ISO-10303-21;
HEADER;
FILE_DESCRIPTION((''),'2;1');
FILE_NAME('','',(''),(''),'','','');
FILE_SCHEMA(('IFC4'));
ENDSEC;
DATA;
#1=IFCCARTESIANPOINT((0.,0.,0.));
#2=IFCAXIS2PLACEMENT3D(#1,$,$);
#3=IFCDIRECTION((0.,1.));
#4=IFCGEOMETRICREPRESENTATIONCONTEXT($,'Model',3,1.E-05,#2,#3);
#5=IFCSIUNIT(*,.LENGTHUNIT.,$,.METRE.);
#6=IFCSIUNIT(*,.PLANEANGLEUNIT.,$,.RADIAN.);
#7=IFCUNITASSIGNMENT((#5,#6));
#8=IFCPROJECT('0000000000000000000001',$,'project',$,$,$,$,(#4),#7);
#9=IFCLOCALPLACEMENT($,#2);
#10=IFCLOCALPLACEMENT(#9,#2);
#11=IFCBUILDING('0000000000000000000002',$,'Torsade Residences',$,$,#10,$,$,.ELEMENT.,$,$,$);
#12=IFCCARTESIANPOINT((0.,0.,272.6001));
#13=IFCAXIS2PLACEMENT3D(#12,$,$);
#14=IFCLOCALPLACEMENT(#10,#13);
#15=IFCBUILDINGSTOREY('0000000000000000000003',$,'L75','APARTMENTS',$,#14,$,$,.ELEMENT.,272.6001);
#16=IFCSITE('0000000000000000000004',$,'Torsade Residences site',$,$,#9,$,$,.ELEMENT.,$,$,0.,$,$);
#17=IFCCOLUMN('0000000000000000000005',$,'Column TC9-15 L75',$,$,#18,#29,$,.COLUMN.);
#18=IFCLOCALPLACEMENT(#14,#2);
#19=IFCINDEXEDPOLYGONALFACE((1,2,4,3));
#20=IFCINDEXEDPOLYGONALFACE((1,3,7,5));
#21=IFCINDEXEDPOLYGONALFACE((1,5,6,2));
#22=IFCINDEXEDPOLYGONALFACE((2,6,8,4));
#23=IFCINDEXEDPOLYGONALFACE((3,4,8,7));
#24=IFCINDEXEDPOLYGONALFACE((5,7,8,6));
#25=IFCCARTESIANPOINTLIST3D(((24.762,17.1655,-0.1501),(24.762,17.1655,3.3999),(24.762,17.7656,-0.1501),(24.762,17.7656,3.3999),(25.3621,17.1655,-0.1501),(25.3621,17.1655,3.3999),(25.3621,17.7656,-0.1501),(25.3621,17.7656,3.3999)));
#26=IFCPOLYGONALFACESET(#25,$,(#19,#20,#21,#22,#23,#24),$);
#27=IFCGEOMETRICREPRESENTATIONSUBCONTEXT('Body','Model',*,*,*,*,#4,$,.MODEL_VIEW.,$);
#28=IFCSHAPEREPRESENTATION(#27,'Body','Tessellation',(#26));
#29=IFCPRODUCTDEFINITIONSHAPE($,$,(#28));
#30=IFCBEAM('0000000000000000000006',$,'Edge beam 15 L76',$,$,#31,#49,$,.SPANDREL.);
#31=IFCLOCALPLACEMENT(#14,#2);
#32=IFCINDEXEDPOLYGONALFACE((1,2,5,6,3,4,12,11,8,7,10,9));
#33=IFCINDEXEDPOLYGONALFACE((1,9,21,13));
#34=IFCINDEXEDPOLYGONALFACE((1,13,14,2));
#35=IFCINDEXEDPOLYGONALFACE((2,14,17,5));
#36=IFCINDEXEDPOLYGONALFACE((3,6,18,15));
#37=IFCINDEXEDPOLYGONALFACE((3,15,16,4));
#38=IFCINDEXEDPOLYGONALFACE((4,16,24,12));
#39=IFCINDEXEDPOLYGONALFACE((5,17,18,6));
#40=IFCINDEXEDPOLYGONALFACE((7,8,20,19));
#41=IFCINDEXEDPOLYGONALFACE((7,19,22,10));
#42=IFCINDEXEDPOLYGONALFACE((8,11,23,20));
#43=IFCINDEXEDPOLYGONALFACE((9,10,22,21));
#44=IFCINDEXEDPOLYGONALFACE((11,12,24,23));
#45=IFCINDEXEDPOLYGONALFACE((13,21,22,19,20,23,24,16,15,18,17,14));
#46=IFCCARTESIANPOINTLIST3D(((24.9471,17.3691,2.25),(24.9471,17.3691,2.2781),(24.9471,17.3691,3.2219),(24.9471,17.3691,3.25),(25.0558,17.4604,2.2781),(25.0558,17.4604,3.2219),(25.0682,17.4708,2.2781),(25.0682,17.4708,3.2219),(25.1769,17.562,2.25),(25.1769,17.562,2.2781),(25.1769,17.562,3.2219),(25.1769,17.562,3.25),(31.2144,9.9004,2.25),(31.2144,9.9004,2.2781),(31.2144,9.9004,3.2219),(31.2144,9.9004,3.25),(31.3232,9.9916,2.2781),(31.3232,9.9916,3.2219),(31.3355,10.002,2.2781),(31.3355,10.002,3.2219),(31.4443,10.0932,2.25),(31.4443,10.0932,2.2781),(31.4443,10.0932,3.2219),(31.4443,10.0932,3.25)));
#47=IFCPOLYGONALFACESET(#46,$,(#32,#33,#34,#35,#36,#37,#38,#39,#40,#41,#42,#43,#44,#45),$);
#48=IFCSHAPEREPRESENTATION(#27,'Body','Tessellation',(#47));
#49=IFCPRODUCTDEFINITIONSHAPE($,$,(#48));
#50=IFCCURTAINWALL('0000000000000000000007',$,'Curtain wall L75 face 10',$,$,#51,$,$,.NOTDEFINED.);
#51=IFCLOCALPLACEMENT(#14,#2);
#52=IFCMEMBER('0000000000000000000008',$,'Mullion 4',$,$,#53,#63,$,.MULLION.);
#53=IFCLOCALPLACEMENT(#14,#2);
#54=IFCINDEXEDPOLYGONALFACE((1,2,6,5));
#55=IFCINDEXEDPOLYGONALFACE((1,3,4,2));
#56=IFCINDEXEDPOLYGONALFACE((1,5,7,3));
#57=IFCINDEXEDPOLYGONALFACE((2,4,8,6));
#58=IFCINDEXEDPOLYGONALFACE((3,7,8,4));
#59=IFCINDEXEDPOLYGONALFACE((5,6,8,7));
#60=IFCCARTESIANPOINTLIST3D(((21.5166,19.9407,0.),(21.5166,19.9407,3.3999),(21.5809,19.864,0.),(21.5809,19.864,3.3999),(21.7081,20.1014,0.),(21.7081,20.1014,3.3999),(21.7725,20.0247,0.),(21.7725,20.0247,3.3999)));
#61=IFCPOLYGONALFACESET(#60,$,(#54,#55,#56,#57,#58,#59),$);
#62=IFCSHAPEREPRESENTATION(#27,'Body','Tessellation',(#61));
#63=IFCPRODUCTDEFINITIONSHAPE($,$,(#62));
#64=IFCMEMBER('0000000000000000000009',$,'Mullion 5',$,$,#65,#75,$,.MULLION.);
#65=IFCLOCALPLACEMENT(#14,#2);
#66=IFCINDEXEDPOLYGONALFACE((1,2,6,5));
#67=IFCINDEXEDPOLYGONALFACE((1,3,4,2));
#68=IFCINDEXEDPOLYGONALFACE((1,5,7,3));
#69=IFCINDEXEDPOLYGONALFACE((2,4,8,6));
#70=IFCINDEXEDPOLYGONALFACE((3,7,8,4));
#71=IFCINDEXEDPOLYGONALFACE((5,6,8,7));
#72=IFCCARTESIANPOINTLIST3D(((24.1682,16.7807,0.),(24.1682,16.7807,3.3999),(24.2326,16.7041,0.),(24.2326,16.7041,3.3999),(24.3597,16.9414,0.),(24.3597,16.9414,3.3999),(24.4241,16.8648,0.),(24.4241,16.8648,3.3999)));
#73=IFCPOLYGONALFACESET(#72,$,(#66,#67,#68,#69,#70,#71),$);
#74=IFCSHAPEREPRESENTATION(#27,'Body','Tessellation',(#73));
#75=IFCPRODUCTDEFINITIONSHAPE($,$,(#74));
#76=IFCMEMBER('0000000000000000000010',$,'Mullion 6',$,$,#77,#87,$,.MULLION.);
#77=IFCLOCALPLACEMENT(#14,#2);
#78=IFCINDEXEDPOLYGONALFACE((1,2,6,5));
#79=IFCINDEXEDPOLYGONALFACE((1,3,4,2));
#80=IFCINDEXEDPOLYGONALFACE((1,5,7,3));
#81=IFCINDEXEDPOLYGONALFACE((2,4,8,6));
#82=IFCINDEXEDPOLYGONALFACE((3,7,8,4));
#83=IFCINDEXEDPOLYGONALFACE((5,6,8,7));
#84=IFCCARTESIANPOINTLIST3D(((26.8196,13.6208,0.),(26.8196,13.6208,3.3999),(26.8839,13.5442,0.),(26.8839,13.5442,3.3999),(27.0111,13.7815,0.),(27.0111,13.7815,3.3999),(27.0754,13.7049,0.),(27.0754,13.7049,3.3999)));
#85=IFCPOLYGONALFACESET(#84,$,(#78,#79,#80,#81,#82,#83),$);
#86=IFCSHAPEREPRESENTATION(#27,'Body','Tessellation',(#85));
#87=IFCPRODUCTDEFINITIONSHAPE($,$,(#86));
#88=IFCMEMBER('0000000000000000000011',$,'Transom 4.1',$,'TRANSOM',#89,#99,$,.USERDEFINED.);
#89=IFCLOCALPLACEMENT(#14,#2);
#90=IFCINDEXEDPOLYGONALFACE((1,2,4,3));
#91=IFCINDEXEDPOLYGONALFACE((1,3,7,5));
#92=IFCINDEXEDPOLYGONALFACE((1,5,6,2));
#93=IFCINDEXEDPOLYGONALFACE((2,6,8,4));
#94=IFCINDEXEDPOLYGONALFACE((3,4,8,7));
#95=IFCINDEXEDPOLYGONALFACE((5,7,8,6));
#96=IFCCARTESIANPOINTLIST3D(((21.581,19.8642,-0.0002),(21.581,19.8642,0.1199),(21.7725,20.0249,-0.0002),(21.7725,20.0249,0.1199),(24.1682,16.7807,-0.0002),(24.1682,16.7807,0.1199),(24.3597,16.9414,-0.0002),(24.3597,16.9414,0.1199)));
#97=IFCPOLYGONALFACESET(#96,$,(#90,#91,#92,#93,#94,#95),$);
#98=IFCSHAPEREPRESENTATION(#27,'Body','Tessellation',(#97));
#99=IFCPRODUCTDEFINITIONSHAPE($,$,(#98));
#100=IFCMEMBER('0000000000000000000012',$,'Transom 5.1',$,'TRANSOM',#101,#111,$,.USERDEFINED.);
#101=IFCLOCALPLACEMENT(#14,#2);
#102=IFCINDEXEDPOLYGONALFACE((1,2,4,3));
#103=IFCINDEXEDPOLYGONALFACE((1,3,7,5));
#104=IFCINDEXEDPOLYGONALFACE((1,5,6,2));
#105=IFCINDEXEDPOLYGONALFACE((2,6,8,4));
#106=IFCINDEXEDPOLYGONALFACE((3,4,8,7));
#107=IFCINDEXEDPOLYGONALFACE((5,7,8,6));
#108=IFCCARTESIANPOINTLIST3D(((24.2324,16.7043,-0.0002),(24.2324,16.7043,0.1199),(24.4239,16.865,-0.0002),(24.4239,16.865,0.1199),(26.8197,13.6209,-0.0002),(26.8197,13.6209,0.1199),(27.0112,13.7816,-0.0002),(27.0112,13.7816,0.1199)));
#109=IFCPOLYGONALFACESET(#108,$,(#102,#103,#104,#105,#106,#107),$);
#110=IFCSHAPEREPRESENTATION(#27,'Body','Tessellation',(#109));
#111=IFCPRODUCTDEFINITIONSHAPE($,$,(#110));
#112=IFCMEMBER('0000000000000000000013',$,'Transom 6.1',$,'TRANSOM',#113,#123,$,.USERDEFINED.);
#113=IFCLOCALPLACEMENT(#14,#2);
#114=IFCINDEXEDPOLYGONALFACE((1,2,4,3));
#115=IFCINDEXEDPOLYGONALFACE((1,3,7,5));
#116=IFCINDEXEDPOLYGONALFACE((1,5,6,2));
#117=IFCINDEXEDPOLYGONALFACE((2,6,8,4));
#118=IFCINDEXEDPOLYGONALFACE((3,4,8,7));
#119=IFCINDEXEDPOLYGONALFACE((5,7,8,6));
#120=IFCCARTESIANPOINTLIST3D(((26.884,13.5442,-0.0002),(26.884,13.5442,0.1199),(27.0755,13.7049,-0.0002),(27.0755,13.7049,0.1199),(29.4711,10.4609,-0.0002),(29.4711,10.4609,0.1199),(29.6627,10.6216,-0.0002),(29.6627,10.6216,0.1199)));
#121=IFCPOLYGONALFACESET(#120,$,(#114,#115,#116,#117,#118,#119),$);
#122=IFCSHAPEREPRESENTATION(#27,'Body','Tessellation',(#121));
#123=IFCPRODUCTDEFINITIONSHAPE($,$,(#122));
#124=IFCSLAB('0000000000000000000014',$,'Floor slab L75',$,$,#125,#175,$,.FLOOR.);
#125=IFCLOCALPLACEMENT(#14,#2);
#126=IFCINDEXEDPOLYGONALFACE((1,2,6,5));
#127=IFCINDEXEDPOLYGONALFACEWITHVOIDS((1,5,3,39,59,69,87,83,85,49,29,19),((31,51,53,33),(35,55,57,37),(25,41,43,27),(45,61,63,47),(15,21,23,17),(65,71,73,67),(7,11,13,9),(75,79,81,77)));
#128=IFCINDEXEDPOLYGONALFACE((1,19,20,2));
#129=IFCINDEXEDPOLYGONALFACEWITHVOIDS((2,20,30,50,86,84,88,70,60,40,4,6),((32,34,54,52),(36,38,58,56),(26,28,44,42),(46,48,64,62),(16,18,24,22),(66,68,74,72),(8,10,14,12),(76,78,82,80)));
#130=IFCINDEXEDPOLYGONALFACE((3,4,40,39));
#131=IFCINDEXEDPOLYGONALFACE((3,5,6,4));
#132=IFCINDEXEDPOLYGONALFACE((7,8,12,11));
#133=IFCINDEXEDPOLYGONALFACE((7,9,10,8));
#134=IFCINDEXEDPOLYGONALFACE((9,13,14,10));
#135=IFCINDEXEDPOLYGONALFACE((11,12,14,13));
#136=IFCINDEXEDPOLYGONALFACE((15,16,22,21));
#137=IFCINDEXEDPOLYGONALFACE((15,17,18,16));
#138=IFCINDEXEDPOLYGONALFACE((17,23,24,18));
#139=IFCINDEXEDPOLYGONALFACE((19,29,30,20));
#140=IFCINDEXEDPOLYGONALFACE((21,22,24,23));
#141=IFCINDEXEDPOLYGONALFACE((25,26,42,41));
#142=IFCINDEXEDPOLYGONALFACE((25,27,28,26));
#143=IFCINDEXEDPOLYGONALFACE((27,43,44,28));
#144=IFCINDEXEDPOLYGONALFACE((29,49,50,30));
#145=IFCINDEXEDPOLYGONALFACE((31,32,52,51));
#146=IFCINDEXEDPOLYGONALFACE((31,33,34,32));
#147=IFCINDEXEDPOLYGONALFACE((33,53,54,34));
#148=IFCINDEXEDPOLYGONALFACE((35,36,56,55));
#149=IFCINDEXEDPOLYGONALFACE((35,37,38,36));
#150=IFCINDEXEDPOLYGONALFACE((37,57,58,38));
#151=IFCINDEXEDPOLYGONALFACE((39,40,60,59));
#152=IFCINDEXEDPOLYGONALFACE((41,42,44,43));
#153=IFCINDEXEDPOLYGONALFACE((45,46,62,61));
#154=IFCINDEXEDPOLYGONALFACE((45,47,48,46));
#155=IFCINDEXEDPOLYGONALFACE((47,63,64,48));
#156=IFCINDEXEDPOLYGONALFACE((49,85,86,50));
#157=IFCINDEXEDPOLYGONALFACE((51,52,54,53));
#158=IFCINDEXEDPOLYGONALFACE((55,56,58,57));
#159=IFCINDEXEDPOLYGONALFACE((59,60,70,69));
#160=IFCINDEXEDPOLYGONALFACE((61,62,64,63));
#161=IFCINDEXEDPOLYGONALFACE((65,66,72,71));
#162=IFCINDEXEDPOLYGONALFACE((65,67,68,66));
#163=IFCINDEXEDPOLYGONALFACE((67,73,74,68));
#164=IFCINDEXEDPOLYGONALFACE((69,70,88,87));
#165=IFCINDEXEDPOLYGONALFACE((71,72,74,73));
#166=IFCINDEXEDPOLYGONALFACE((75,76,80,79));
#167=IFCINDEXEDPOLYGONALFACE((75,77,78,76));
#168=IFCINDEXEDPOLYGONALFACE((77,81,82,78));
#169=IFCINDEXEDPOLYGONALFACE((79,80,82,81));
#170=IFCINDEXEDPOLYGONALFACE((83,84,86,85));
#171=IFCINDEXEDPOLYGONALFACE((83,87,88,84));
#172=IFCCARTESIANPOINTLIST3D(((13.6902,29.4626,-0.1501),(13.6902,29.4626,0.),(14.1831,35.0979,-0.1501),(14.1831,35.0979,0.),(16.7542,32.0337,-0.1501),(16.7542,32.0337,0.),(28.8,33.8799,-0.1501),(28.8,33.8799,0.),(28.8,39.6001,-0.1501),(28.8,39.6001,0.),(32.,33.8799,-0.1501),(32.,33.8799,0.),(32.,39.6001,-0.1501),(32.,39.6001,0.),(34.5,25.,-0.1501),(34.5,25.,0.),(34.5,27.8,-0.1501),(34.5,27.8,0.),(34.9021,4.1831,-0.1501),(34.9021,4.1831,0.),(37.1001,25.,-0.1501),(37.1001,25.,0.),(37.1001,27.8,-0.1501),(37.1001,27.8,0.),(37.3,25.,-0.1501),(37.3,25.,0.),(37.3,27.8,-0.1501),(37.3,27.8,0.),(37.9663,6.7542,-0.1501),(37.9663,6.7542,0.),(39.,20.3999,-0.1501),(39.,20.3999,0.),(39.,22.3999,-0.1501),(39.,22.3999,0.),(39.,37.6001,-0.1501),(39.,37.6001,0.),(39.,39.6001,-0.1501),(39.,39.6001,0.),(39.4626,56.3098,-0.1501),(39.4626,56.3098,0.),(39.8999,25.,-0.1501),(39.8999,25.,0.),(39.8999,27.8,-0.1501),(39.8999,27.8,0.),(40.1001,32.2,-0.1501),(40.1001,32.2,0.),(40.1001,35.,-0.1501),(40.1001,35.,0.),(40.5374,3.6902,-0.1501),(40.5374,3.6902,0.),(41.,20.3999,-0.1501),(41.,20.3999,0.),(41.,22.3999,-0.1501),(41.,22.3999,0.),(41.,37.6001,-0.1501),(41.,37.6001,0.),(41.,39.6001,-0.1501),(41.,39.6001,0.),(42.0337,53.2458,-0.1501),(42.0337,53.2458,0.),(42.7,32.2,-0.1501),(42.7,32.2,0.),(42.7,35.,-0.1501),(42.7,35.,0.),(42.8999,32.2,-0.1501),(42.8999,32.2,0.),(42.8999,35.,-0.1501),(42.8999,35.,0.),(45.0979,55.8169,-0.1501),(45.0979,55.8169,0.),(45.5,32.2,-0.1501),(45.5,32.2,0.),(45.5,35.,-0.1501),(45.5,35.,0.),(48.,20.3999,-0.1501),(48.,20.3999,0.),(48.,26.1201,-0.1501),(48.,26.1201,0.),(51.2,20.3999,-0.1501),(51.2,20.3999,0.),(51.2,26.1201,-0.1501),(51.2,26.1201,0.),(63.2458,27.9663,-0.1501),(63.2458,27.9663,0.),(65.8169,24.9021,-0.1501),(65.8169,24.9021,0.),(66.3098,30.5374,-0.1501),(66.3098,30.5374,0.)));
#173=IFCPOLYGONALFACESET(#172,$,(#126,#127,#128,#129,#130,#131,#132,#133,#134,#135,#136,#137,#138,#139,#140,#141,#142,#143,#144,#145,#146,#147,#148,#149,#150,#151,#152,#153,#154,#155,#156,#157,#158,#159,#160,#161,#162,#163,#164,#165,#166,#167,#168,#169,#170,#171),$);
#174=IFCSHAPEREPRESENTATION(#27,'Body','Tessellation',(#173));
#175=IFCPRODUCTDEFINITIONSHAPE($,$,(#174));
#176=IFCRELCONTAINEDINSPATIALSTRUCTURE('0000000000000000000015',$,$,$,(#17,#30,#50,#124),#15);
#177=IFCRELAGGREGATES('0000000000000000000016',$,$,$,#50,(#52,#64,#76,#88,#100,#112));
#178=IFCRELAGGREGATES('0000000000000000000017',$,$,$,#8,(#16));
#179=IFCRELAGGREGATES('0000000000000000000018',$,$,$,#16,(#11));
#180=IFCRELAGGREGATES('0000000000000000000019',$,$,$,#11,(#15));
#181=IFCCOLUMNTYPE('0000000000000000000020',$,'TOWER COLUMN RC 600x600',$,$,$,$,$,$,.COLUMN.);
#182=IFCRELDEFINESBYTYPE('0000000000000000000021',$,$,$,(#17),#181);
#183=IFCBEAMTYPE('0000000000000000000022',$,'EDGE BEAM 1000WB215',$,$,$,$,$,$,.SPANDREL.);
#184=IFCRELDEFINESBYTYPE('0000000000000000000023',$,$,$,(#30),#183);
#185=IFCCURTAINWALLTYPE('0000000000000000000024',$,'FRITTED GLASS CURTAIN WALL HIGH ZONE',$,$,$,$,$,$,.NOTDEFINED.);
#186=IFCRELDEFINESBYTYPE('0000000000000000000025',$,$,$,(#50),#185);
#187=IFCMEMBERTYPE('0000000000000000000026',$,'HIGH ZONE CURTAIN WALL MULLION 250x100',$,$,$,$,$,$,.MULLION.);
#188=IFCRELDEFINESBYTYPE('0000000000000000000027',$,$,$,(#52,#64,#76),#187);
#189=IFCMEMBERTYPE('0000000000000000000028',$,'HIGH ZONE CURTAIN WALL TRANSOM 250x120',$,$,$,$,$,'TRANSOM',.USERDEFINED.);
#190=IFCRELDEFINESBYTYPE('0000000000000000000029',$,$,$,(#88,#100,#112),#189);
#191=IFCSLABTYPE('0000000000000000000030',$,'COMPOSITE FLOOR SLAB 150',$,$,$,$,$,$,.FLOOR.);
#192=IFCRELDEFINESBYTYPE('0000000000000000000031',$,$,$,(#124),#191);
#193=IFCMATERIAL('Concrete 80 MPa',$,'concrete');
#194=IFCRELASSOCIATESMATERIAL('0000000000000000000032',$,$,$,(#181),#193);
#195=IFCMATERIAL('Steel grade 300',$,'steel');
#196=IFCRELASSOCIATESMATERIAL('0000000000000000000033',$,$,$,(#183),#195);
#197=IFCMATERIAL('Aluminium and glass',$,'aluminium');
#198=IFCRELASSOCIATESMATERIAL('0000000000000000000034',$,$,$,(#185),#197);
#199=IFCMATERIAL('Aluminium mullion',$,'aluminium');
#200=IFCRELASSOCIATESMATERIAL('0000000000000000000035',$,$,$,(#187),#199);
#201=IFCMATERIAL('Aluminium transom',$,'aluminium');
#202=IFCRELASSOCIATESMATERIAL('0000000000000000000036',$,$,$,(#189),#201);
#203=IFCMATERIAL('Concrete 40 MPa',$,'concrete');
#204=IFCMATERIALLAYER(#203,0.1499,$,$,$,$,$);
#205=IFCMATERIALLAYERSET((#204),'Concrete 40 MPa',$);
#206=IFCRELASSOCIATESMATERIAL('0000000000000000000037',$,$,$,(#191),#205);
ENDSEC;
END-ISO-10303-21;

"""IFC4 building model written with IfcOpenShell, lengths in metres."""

from ifc_helpers import new_model, si_unit, direction, frame, origin, origin_2d, place, context, subcontext, project, spatial, polyline, rectangle, i_section, outline, extrude, material, layer, layer_set, material_profile, profile_set, type_object, element, aggregate, save


model = new_model("IFC4")

# Units and contexts
model_context = context("Model", 3, precision=1e-05, world=origin(), true_north=direction((0.0, 1.0)))
body_context = subcontext(model_context, "Body", "Model", "MODEL_VIEW")
ifc_project = project(units=[si_unit("LENGTHUNIT", "METRE"), si_unit("PLANEANGLEUNIT", "RADIAN")], contexts=[model_context])

# Site, building, storey
site_placement = place(None, origin())
site = spatial("IfcSite", under=ifc_project, at=site_placement, Name="Torsade Residences site", CompositionType="ELEMENT", RefElevation=0.0)
building_placement = place(site_placement, origin())
building = spatial("IfcBuilding", under=site, at=building_placement, Name="Torsade Residences", CompositionType="ELEMENT")
storey_placement = place(building_placement, frame((0.0, 0.0, 272.6001)))
storey = spatial("IfcBuildingStorey", under=building, at=storey_placement, Name="L75", Description="APARTMENTS", CompositionType="ELEMENT", Elevation=272.6001)

# Column
ifc_material_1 = material(Name="Concrete 80 MPa", Category="concrete")
ifc_material_profile_1 = material_profile(ifc_material_1, rectangle(XDim=0.6001, YDim=0.6001, at=origin_2d()), Name="RC 600x600")
ifc_profile_set_1 = profile_set([ifc_material_profile_1], Name="Concrete 80 MPa")
column_type = type_object("IfcColumnType", Name="TOWER COLUMN RC 600x600", PredefinedType="COLUMN", material=ifc_profile_set_1)
column_placement = place(storey_placement, frame((25.062, 17.4656, -0.1501), z_axis=(0.0, 0.0, 1.0), x_axis=(1.0, 0.0, 0.0)))
element("IfcColumn", 1, at=column_placement, inside=storey, type_object=column_type, Name="Column TC9-15 L75", PredefinedType="COLUMN", context=body_context, shape_type="SweptSolid", body=[
    extrude(rectangle(XDim=0.6001, YDim=0.6001, at=origin_2d()), origin(), (0.0, 0.0, 1.0), 3.55),
])

# Beam
ifc_material_2 = material(Name="Steel grade 300", Category="steel")
ifc_material_profile_2 = material_profile(ifc_material_2, i_section(OverallWidth=0.3, OverallDepth=1.0, WebThickness=0.0161, FlangeThickness=0.0281, at=origin_2d()), Name="1000WB215")
ifc_profile_set_2 = profile_set([ifc_material_profile_2], Name="Steel grade 300")
beam_type = type_object("IfcBeamType", Name="EDGE BEAM 1000WB215", PredefinedType="SPANDREL", material=ifc_profile_set_2)
beam_placement = place(storey_placement, frame((25.062, 17.4656, 2.75), z_axis=(0.642806, -0.766029, 0.0), x_axis=(0.766029, 0.642806, 0.0)))
element("IfcBeam", 2, at=beam_placement, inside=storey, type_object=beam_type, Name="Edge beam 15 L76", PredefinedType="SPANDREL", context=body_context, shape_type="SweptSolid", body=[
    extrude(i_section(OverallWidth=0.3, OverallDepth=1.0, WebThickness=0.0161, FlangeThickness=0.0281, at=origin_2d()), origin(), (0.0, 0.0, 1.0), 9.75),
])

# Curtain wall, members
ifc_material_3 = material(Name="Aluminium and glass", Category="aluminium")
curtain_wall_type = type_object("IfcCurtainWallType", Name="FRITTED GLASS CURTAIN WALL HIGH ZONE", PredefinedType="NOTDEFINED", material=ifc_material_3)
curtain_wall_placement = place(storey_placement, origin())
curtain_wall = element("IfcCurtainWall", 3, at=curtain_wall_placement, inside=storey, type_object=curtain_wall_type, Name="Curtain wall L75 face 10", PredefinedType="NOTDEFINED")
ifc_material_4 = material(Name="Aluminium mullion", Category="aluminium")
ifc_material_profile_3 = material_profile(ifc_material_4, rectangle(XDim=0.25, YDim=0.1001, at=origin_2d()), Name="HIGH ZONE CURTAIN WALL MULLION 250x100")
ifc_profile_set_3 = profile_set([ifc_material_profile_3], Name="Aluminium mullion")
member_type_1 = type_object("IfcMemberType", Name="HIGH ZONE CURTAIN WALL MULLION 250x100", PredefinedType="MULLION", material=ifc_profile_set_3)
member_1_placement = place(storey_placement, frame((21.6445, 19.9827, 0.0), z_axis=(0.0, 0.0, 1.0), x_axis=(0.766044, 0.642788, 0.0)))
member_1 = element("IfcMember", 4, at=member_1_placement, type_object=member_type_1, Name="Mullion 4", PredefinedType="MULLION", context=body_context, shape_type="SweptSolid", body=[
    extrude(rectangle(XDim=0.25, YDim=0.1001, at=origin_2d()), origin(), (0.0, 0.0, 1.0), 3.3999),
])
member_2_placement = place(storey_placement, frame((24.2961, 16.8228, 0.0), z_axis=(0.0, 0.0, 1.0), x_axis=(0.766044, 0.642788, 0.0)))
member_2 = element("IfcMember", 5, at=member_2_placement, type_object=member_type_1, Name="Mullion 5", PredefinedType="MULLION", context=body_context, shape_type="SweptSolid", body=[
    extrude(rectangle(XDim=0.25, YDim=0.1001, at=origin_2d()), origin(), (0.0, 0.0, 1.0), 3.3999),
])
member_3_placement = place(storey_placement, frame((26.9475, 13.6628, 0.0), z_axis=(0.0, 0.0, 1.0), x_axis=(0.766044, 0.642788, 0.0)))
member_3 = element("IfcMember", 6, at=member_3_placement, type_object=member_type_1, Name="Mullion 6", PredefinedType="MULLION", context=body_context, shape_type="SweptSolid", body=[
    extrude(rectangle(XDim=0.25, YDim=0.1001, at=origin_2d()), origin(), (0.0, 0.0, 1.0), 3.3999),
])
ifc_material_5 = material(Name="Aluminium transom", Category="aluminium")
ifc_material_profile_4 = material_profile(ifc_material_5, rectangle(XDim=0.25, YDim=0.1201, at=origin_2d()), Name="HIGH ZONE CURTAIN WALL TRANSOM 250x120")
ifc_profile_set_4 = profile_set([ifc_material_profile_4], Name="Aluminium transom")
member_type_2 = type_object("IfcMemberType", Name="HIGH ZONE CURTAIN WALL TRANSOM 250x120", ElementType="TRANSOM", PredefinedType="USERDEFINED", material=ifc_profile_set_4)
member_4_placement = place(storey_placement, frame((21.6768, 19.9446, 0.0598), z_axis=(0.642758, -0.766069, 0.0), x_axis=(0.766069, 0.642758, 0.0)))
member_4 = element("IfcMember", 7, at=member_4_placement, type_object=member_type_2, Name="Transom 4.1", ObjectType="TRANSOM", PredefinedType="USERDEFINED", context=body_context, shape_type="SweptSolid", body=[
    extrude(rectangle(XDim=0.25, YDim=0.1201, at=origin_2d()), origin(), (0.0, 0.0, 1.0), 4.0251),
])
member_5_placement = place(storey_placement, frame((24.3281, 16.7847, 0.0598), z_axis=(0.642794, -0.766039, 0.0), x_axis=(0.766039, 0.642794, 0.0)))
member_5 = element("IfcMember", 8, at=member_5_placement, type_object=member_type_2, Name="Transom 5.1", ObjectType="TRANSOM", PredefinedType="USERDEFINED", context=body_context, shape_type="SweptSolid", body=[
    extrude(rectangle(XDim=0.25, YDim=0.1201, at=origin_2d()), origin(), (0.0, 0.0, 1.0), 4.0251),
])
member_6_placement = place(storey_placement, frame((26.9797, 13.6245, 0.0598), z_axis=(0.642788, -0.766044, 0.0), x_axis=(0.766044, 0.642788, 0.0)))
member_6 = element("IfcMember", 9, at=member_6_placement, type_object=member_type_2, Name="Transom 6.1", ObjectType="TRANSOM", PredefinedType="USERDEFINED", context=body_context, shape_type="SweptSolid", body=[
    extrude(rectangle(XDim=0.25, YDim=0.1201, at=origin_2d()), origin(), (0.0, 0.0, 1.0), 4.0249),
])

# Slab
ifc_material_6 = material(Name="Concrete 40 MPa", Category="concrete")
ifc_layer_1 = layer(ifc_material_6, 0.1499)
ifc_layer_set_1 = layer_set([ifc_layer_1], Name="Concrete 40 MPa")
slab_type_1 = type_object("IfcSlabType", Name="COMPOSITE FLOOR SLAB 150", PredefinedType="FLOOR", material=ifc_layer_set_1)
slab_1_placement = place(storey_placement, frame((0.0, 0.0, -0.1501)))
element("IfcSlab", 10, at=slab_1_placement, inside=storey, type_object=slab_type_1, Name="Floor slab L75", PredefinedType="FLOOR", context=body_context, shape_type="SweptSolid", body=[
    extrude(outline(polyline([(40.5374, 3.6902), (65.8169, 24.9021), (63.2458, 27.9663), (66.3098, 30.5374), (45.0979, 55.8169), (42.0337, 53.2458), (39.4626, 56.3098), (14.1831, 35.0979), (16.7542, 32.0337), (13.6902, 29.4626), (34.9021, 4.1831), (37.9663, 6.7542), (40.5374, 3.6902)]), holes=[polyline([(51.2, 26.1201), (48.0, 26.1201), (48.0, 20.3999), (51.2, 20.3999), (51.2, 26.1201)]), polyline([(45.5, 35.0), (42.8999, 35.0), (42.8999, 32.2), (45.5, 32.2), (45.5, 35.0)]), polyline([(42.7, 35.0), (40.1001, 35.0), (40.1001, 32.2), (42.7, 32.2), (42.7, 35.0)]), polyline([(41.0, 22.3999), (39.0, 22.3999), (39.0, 20.3999), (41.0, 20.3999), (41.0, 22.3999)]), polyline([(41.0, 39.6001), (39.0, 39.6001), (39.0, 37.6001), (41.0, 37.6001), (41.0, 39.6001)]), polyline([(39.8999, 27.8), (37.3, 27.8), (37.3, 25.0), (39.8999, 25.0), (39.8999, 27.8)]), polyline([(37.1001, 27.8), (34.5, 27.8), (34.5, 25.0), (37.1001, 25.0), (37.1001, 27.8)]), polyline([(32.0, 39.6001), (28.8, 39.6001), (28.8, 33.8799), (32.0, 33.8799), (32.0, 39.6001)])]), origin(), (0.0, 0.0, 1.0), 0.1501),
])

aggregate(curtain_wall, [member_1, member_2, member_3, member_4, member_5, member_6])

save(model, "model.ifc")
